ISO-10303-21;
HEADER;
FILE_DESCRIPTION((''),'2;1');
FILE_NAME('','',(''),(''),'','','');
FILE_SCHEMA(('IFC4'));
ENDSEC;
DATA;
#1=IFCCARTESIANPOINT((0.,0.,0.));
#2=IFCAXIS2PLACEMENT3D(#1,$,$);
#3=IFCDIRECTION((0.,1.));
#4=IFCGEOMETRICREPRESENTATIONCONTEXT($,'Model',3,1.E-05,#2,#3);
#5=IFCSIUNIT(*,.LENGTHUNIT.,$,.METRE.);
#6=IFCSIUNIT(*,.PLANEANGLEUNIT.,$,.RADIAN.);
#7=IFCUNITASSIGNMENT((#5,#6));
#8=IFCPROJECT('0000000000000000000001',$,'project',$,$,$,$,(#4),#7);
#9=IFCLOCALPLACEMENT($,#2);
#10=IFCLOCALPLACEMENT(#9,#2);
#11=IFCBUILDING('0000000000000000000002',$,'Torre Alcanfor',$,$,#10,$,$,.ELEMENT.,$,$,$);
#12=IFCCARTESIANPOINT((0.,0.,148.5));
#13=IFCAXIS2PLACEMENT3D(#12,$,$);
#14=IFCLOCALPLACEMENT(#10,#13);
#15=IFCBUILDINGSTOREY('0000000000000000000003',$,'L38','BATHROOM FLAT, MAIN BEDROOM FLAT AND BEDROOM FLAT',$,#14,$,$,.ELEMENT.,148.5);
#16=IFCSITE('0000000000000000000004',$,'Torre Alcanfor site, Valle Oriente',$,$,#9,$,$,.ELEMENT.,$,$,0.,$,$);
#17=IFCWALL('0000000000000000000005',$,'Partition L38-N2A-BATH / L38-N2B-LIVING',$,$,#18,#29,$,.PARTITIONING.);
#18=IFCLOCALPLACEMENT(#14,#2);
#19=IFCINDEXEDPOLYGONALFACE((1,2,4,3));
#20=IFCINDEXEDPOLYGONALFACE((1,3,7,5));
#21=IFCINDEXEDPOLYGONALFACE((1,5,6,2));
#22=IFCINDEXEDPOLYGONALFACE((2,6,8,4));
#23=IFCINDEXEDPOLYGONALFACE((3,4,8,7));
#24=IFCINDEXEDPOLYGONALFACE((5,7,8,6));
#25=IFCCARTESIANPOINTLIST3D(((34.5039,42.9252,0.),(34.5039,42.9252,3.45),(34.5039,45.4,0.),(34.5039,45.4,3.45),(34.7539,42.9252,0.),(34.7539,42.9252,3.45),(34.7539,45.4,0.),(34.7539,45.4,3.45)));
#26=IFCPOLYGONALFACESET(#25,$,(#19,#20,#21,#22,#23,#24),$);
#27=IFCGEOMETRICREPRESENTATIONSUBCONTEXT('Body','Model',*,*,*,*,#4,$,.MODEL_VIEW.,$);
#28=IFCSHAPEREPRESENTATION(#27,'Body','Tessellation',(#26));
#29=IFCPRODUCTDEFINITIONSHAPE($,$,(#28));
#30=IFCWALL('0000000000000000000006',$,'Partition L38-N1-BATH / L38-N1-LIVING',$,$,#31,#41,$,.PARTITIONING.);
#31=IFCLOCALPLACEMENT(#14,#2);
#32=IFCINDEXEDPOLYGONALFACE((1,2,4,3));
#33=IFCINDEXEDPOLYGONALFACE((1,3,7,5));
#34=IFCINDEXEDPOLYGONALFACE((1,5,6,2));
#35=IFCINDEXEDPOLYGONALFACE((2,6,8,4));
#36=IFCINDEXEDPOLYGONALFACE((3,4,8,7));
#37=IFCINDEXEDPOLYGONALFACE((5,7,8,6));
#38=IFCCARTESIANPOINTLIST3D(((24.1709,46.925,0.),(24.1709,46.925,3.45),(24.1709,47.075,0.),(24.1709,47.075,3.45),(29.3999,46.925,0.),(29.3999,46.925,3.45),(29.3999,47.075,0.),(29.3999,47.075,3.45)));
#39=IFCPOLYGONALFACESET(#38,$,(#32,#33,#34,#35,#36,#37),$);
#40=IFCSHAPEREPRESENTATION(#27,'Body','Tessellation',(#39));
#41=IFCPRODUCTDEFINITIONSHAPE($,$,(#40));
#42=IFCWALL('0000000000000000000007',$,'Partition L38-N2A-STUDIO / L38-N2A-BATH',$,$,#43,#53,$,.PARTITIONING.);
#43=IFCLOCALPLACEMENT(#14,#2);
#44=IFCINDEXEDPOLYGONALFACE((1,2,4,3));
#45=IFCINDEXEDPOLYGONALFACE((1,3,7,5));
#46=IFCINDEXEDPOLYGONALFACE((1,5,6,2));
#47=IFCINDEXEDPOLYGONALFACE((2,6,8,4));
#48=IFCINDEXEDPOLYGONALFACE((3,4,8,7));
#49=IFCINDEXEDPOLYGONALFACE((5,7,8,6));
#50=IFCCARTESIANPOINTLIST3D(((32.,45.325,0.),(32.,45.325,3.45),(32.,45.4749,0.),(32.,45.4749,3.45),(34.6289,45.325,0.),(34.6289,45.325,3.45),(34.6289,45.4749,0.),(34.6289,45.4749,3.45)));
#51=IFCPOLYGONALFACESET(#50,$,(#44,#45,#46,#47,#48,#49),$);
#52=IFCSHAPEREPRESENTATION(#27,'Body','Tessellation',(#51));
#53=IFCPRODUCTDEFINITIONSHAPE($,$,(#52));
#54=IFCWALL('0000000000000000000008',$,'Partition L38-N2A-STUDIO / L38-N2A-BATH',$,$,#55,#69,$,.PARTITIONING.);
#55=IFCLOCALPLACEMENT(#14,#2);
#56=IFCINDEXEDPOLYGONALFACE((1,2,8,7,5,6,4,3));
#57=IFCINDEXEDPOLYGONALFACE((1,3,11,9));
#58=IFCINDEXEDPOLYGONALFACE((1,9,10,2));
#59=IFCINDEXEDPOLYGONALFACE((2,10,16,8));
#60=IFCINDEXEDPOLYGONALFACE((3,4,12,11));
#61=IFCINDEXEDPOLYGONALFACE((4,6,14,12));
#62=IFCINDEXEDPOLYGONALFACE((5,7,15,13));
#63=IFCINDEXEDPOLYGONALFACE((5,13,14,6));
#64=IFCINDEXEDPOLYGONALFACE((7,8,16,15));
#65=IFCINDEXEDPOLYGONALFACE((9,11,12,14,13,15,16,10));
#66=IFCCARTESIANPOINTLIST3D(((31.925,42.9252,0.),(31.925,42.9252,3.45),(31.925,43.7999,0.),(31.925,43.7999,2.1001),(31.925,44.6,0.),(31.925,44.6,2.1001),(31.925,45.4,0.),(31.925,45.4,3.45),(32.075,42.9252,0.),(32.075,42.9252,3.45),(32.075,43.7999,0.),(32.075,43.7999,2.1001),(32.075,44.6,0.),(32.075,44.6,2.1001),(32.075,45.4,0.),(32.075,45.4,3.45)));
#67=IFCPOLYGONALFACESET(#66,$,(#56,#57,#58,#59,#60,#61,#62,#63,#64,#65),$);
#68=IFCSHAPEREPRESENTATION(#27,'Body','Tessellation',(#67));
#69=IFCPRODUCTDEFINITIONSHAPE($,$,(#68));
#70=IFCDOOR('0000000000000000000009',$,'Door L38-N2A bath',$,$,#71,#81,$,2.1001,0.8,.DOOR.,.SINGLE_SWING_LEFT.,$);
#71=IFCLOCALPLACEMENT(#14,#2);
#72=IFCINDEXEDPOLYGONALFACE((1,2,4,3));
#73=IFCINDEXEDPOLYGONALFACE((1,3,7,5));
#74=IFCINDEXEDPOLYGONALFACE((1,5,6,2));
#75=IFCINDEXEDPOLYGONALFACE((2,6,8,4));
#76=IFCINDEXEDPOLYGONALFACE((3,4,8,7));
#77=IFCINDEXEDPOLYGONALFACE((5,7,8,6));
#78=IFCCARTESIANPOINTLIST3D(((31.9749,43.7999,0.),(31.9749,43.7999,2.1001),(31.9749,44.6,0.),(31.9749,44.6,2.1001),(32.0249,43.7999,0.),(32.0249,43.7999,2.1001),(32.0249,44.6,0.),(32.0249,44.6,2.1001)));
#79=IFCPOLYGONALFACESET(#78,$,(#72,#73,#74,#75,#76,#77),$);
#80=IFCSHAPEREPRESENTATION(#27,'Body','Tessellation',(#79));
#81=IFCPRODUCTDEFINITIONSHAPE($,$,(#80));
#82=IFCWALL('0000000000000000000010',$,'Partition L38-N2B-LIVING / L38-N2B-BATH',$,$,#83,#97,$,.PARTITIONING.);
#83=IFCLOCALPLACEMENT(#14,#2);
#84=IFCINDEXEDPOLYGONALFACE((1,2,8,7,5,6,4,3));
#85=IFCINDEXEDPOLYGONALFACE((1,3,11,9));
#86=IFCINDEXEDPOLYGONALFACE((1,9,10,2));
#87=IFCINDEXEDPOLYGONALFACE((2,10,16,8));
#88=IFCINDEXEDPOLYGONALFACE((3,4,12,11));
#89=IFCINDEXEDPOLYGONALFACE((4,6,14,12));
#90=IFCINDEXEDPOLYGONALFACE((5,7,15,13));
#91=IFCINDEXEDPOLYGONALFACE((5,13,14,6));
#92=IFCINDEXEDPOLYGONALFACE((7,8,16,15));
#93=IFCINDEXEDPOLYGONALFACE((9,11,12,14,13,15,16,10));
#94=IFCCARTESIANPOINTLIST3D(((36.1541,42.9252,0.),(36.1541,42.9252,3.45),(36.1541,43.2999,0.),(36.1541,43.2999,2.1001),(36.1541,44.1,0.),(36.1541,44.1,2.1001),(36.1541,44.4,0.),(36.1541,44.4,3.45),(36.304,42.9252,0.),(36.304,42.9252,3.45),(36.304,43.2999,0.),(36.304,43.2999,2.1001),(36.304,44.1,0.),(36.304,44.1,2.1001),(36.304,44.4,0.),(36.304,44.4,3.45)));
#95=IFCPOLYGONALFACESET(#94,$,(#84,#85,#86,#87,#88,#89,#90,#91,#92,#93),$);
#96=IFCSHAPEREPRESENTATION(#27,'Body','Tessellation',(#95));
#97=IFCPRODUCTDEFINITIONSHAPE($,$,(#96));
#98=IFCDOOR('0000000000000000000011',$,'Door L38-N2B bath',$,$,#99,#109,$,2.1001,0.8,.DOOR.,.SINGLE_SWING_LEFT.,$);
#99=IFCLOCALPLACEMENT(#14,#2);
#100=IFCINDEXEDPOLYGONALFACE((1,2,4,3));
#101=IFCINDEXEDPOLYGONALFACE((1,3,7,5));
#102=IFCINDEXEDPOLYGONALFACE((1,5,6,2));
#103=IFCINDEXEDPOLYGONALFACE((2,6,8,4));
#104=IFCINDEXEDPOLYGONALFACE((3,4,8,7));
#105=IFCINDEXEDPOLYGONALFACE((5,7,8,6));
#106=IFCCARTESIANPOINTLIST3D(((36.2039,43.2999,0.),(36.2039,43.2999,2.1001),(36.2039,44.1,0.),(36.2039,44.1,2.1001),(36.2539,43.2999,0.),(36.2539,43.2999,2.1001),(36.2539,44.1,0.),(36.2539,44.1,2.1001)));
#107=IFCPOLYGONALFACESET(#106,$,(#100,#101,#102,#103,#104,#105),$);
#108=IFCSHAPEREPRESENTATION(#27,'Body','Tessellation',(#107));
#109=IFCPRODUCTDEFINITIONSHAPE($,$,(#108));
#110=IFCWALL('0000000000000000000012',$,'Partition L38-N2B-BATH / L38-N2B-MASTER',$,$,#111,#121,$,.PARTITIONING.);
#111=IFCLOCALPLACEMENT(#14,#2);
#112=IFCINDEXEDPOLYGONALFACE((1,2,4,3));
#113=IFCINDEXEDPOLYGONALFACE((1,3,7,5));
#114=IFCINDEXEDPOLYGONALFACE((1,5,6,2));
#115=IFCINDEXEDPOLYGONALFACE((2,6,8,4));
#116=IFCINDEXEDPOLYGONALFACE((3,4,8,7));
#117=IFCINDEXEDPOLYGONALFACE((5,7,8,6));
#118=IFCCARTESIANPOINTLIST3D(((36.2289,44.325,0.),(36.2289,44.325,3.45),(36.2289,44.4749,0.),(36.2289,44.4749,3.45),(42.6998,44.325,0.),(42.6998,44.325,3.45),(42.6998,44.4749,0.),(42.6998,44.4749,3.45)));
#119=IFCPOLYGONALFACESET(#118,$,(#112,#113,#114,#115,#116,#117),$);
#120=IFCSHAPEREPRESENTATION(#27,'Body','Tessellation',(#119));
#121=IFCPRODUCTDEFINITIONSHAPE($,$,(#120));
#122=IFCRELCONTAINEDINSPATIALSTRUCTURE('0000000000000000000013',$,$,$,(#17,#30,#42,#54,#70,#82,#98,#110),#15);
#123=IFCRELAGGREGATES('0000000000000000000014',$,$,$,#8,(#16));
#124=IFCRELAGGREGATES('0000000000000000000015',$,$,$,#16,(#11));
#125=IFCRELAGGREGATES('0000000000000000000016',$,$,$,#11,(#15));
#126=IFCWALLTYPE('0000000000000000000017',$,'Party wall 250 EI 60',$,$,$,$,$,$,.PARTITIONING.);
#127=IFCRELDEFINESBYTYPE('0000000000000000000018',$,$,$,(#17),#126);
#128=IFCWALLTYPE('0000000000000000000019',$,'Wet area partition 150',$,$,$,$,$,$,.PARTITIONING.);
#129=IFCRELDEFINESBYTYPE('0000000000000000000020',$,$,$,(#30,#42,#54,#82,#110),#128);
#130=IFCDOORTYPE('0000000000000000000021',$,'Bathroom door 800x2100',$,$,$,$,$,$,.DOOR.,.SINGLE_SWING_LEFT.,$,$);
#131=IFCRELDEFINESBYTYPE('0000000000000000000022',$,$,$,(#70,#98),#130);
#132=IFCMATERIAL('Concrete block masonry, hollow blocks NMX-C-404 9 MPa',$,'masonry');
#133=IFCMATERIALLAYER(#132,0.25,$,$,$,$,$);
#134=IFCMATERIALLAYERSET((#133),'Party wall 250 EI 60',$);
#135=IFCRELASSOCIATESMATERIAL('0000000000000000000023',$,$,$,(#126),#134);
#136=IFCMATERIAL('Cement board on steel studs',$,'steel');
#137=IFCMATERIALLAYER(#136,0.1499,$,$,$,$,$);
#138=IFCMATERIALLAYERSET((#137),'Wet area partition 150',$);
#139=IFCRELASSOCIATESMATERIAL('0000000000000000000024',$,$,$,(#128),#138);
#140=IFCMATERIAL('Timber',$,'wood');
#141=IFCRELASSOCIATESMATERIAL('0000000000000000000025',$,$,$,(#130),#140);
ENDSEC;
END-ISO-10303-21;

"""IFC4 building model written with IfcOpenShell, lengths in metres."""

from ifc_helpers import new_model, si_unit, direction, frame, frame_2d, origin, place, context, subcontext, project, spatial, rectangle, extrude, material, layer, layer_set, type_object, element, fill, save


model = new_model("IFC4")

# Units and contexts
model_context = context("Model", 3, precision=1e-05, world=origin(), true_north=direction((0.0, 1.0)))
body_context = subcontext(model_context, "Body", "Model", "MODEL_VIEW")
ifc_project = project(units=[si_unit("LENGTHUNIT", "METRE"), si_unit("PLANEANGLEUNIT", "RADIAN")], contexts=[model_context])

# Site, building, storey
site_placement = place(None, origin())
site = spatial("IfcSite", under=ifc_project, at=site_placement, Name="Torre Alcanfor site, Valle Oriente", CompositionType="ELEMENT", RefElevation=0.0)
building_placement = place(site_placement, origin())
building = spatial("IfcBuilding", under=site, at=building_placement, Name="Torre Alcanfor", CompositionType="ELEMENT")
storey_placement = place(building_placement, frame((0.0, 0.0, 148.5)))
storey = spatial("IfcBuildingStorey", under=building, at=storey_placement, Name="L38", Description="BATHROOM FLAT, MAIN BEDROOM FLAT AND BEDROOM FLAT", CompositionType="ELEMENT", Elevation=148.5)

# Walls
ifc_material_1 = material(Name="Concrete block masonry, hollow blocks NMX-C-404 9 MPa", Category="masonry")
ifc_layer_1 = layer(ifc_material_1, 0.25)
ifc_layer_set_1 = layer_set([ifc_layer_1], Name="Party wall 250 EI 60")
wall_type_1 = type_object("IfcWallType", Name="Party wall 250 EI 60", PredefinedType="PARTITIONING", material=ifc_layer_set_1)
wall_1_placement = place(storey_placement, frame((34.6289, 45.3999, 0.0), z_axis=(0.0, 0.0, 1.0), x_axis=(0.0, -1.0, 0.0)))
element("IfcWall", 1, at=wall_1_placement, inside=storey, type_object=wall_type_1, Name="Partition L38-N2A-BATH / L38-N2B-LIVING", PredefinedType="PARTITIONING", context=body_context, shape_type="SweptSolid", body=[
    extrude(rectangle(XDim=2.4749, YDim=0.25, at=frame_2d((1.2373, 0.0))), origin(), (0.0, 0.0, 1.0), 3.45),
])
ifc_material_2 = material(Name="Cement board on steel studs", Category="steel")
ifc_layer_2 = layer(ifc_material_2, 0.1499)
ifc_layer_set_2 = layer_set([ifc_layer_2], Name="Wet area partition 150")
wall_type_2 = type_object("IfcWallType", Name="Wet area partition 150", PredefinedType="PARTITIONING", material=ifc_layer_set_2)
wall_2_placement = place(storey_placement, frame((29.3999, 47.0, 0.0), z_axis=(0.0, 0.0, 1.0), x_axis=(-1.0, 0.0, 0.0)))
element("IfcWall", 2, at=wall_2_placement, inside=storey, type_object=wall_type_2, Name="Partition L38-N1-BATH / L38-N1-LIVING", PredefinedType="PARTITIONING", context=body_context, shape_type="SweptSolid", body=[
    extrude(rectangle(XDim=5.229, YDim=0.1499, at=frame_2d((2.6145, 0.0))), origin(), (0.0, 0.0, 1.0), 3.45),
])
wall_3_placement = place(storey_placement, frame((34.6289, 45.3999, 0.0), z_axis=(0.0, 0.0, 1.0), x_axis=(-1.0, 0.0, 0.0)))
element("IfcWall", 3, at=wall_3_placement, inside=storey, type_object=wall_type_2, Name="Partition L38-N2A-STUDIO / L38-N2A-BATH", PredefinedType="PARTITIONING", context=body_context, shape_type="SweptSolid", body=[
    extrude(rectangle(XDim=2.6289, YDim=0.1499, at=frame_2d((1.3145, 0.0))), origin(), (0.0, 0.0, 1.0), 3.45),
])

# Walls, openings, doors
wall_4_placement = place(storey_placement, frame((32.0, 45.3999, 0.0), z_axis=(0.0, 0.0, 1.0), x_axis=(0.0, -1.0, 0.0)))
wall_4 = element("IfcWall", 4, at=wall_4_placement, inside=storey, type_object=wall_type_2, Name="Partition L38-N2A-STUDIO / L38-N2A-BATH", PredefinedType="PARTITIONING", context=body_context, shape_type="SweptSolid", body=[
    extrude(rectangle(XDim=2.4749, YDim=0.1499, at=frame_2d((1.2373, 0.0))), origin(), (0.0, 0.0, 1.0), 3.45),
])
opening_1_placement = place(wall_4_placement, frame((0.8, 0.0, 0.0)))
opening_1 = element("IfcOpeningElement", 5, at=opening_1_placement, cuts=wall_4, PredefinedType="OPENING", context=body_context, shape_type="SweptSolid", body=[
    extrude(rectangle(XDim=0.8, YDim=2.1001, at=frame_2d((0.3999, 1.05))), frame((0.0, 0.085, 0.0), z_axis=(0.0, -1.0, 0.0), x_axis=(1.0, 0.0, 0.0)), (0.0, 0.0, 1.0), 0.1699),
])
ifc_material_3 = material(Name="Timber", Category="wood")
door_type_1 = type_object("IfcDoorType", Name="Bathroom door 800x2100", OperationType="SINGLE_SWING_LEFT", PredefinedType="DOOR", material=ifc_material_3)
door_1_placement = place(opening_1_placement, origin())
door_1 = element("IfcDoor", 6, at=door_1_placement, inside=storey, type_object=door_type_1, Name="Door L38-N2A bath", OperationType="SINGLE_SWING_LEFT", OverallHeight=2.1001, OverallWidth=0.8, PredefinedType="DOOR", context=body_context, shape_type="SweptSolid", body=[
    extrude(rectangle(XDim=0.8, YDim=2.1001, at=frame_2d((0.3999, 1.05))), frame((0.0, 0.0249, 0.0), z_axis=(0.0, -1.0, 0.0), x_axis=(1.0, 0.0, 0.0)), (0.0, 0.0, 1.0), 0.05),
])
fill(opening_1, door_1)
wall_5_placement = place(storey_placement, frame((36.229, 44.3999, 0.0), z_axis=(0.0, 0.0, 1.0), x_axis=(0.0, -1.0, 0.0)))
wall_5 = element("IfcWall", 7, at=wall_5_placement, inside=storey, type_object=wall_type_2, Name="Partition L38-N2B-LIVING / L38-N2B-BATH", PredefinedType="PARTITIONING", context=body_context, shape_type="SweptSolid", body=[
    extrude(rectangle(XDim=1.4749, YDim=0.1499, at=frame_2d((0.7373, 0.0))), origin(), (0.0, 0.0, 1.0), 3.45),
])
opening_2_placement = place(wall_5_placement, frame((0.3, 0.0, 0.0)))
opening_2 = element("IfcOpeningElement", 8, at=opening_2_placement, cuts=wall_5, PredefinedType="OPENING", context=body_context, shape_type="SweptSolid", body=[
    extrude(rectangle(XDim=0.8, YDim=2.1001, at=frame_2d((0.3999, 1.05))), frame((0.0, 0.085, 0.0), z_axis=(0.0, -1.0, 0.0), x_axis=(1.0, 0.0, 0.0)), (0.0, 0.0, 1.0), 0.1699),
])
door_2_placement = place(opening_2_placement, origin())
door_2 = element("IfcDoor", 9, at=door_2_placement, inside=storey, type_object=door_type_1, Name="Door L38-N2B bath", OperationType="SINGLE_SWING_LEFT", OverallHeight=2.1001, OverallWidth=0.8, PredefinedType="DOOR", context=body_context, shape_type="SweptSolid", body=[
    extrude(rectangle(XDim=0.8, YDim=2.1001, at=frame_2d((0.3999, 1.05))), frame((0.0, 0.0249, 0.0), z_axis=(0.0, -1.0, 0.0), x_axis=(1.0, 0.0, 0.0)), (0.0, 0.0, 1.0), 0.05),
])
fill(opening_2, door_2)

# Wall
wall_6_placement = place(storey_placement, frame((36.229, 44.3999, 0.0), z_axis=(0.0, 0.0, 1.0), x_axis=(1.0, 0.0, 0.0)))
element("IfcWall", 10, at=wall_6_placement, inside=storey, type_object=wall_type_2, Name="Partition L38-N2B-BATH / L38-N2B-MASTER", PredefinedType="PARTITIONING", context=body_context, shape_type="SweptSolid", body=[
    extrude(rectangle(XDim=6.4709, YDim=0.1499, at=frame_2d((3.2354, 0.0))), origin(), (0.0, 0.0, 1.0), 3.45),
])

save(model, "model.ifc")
